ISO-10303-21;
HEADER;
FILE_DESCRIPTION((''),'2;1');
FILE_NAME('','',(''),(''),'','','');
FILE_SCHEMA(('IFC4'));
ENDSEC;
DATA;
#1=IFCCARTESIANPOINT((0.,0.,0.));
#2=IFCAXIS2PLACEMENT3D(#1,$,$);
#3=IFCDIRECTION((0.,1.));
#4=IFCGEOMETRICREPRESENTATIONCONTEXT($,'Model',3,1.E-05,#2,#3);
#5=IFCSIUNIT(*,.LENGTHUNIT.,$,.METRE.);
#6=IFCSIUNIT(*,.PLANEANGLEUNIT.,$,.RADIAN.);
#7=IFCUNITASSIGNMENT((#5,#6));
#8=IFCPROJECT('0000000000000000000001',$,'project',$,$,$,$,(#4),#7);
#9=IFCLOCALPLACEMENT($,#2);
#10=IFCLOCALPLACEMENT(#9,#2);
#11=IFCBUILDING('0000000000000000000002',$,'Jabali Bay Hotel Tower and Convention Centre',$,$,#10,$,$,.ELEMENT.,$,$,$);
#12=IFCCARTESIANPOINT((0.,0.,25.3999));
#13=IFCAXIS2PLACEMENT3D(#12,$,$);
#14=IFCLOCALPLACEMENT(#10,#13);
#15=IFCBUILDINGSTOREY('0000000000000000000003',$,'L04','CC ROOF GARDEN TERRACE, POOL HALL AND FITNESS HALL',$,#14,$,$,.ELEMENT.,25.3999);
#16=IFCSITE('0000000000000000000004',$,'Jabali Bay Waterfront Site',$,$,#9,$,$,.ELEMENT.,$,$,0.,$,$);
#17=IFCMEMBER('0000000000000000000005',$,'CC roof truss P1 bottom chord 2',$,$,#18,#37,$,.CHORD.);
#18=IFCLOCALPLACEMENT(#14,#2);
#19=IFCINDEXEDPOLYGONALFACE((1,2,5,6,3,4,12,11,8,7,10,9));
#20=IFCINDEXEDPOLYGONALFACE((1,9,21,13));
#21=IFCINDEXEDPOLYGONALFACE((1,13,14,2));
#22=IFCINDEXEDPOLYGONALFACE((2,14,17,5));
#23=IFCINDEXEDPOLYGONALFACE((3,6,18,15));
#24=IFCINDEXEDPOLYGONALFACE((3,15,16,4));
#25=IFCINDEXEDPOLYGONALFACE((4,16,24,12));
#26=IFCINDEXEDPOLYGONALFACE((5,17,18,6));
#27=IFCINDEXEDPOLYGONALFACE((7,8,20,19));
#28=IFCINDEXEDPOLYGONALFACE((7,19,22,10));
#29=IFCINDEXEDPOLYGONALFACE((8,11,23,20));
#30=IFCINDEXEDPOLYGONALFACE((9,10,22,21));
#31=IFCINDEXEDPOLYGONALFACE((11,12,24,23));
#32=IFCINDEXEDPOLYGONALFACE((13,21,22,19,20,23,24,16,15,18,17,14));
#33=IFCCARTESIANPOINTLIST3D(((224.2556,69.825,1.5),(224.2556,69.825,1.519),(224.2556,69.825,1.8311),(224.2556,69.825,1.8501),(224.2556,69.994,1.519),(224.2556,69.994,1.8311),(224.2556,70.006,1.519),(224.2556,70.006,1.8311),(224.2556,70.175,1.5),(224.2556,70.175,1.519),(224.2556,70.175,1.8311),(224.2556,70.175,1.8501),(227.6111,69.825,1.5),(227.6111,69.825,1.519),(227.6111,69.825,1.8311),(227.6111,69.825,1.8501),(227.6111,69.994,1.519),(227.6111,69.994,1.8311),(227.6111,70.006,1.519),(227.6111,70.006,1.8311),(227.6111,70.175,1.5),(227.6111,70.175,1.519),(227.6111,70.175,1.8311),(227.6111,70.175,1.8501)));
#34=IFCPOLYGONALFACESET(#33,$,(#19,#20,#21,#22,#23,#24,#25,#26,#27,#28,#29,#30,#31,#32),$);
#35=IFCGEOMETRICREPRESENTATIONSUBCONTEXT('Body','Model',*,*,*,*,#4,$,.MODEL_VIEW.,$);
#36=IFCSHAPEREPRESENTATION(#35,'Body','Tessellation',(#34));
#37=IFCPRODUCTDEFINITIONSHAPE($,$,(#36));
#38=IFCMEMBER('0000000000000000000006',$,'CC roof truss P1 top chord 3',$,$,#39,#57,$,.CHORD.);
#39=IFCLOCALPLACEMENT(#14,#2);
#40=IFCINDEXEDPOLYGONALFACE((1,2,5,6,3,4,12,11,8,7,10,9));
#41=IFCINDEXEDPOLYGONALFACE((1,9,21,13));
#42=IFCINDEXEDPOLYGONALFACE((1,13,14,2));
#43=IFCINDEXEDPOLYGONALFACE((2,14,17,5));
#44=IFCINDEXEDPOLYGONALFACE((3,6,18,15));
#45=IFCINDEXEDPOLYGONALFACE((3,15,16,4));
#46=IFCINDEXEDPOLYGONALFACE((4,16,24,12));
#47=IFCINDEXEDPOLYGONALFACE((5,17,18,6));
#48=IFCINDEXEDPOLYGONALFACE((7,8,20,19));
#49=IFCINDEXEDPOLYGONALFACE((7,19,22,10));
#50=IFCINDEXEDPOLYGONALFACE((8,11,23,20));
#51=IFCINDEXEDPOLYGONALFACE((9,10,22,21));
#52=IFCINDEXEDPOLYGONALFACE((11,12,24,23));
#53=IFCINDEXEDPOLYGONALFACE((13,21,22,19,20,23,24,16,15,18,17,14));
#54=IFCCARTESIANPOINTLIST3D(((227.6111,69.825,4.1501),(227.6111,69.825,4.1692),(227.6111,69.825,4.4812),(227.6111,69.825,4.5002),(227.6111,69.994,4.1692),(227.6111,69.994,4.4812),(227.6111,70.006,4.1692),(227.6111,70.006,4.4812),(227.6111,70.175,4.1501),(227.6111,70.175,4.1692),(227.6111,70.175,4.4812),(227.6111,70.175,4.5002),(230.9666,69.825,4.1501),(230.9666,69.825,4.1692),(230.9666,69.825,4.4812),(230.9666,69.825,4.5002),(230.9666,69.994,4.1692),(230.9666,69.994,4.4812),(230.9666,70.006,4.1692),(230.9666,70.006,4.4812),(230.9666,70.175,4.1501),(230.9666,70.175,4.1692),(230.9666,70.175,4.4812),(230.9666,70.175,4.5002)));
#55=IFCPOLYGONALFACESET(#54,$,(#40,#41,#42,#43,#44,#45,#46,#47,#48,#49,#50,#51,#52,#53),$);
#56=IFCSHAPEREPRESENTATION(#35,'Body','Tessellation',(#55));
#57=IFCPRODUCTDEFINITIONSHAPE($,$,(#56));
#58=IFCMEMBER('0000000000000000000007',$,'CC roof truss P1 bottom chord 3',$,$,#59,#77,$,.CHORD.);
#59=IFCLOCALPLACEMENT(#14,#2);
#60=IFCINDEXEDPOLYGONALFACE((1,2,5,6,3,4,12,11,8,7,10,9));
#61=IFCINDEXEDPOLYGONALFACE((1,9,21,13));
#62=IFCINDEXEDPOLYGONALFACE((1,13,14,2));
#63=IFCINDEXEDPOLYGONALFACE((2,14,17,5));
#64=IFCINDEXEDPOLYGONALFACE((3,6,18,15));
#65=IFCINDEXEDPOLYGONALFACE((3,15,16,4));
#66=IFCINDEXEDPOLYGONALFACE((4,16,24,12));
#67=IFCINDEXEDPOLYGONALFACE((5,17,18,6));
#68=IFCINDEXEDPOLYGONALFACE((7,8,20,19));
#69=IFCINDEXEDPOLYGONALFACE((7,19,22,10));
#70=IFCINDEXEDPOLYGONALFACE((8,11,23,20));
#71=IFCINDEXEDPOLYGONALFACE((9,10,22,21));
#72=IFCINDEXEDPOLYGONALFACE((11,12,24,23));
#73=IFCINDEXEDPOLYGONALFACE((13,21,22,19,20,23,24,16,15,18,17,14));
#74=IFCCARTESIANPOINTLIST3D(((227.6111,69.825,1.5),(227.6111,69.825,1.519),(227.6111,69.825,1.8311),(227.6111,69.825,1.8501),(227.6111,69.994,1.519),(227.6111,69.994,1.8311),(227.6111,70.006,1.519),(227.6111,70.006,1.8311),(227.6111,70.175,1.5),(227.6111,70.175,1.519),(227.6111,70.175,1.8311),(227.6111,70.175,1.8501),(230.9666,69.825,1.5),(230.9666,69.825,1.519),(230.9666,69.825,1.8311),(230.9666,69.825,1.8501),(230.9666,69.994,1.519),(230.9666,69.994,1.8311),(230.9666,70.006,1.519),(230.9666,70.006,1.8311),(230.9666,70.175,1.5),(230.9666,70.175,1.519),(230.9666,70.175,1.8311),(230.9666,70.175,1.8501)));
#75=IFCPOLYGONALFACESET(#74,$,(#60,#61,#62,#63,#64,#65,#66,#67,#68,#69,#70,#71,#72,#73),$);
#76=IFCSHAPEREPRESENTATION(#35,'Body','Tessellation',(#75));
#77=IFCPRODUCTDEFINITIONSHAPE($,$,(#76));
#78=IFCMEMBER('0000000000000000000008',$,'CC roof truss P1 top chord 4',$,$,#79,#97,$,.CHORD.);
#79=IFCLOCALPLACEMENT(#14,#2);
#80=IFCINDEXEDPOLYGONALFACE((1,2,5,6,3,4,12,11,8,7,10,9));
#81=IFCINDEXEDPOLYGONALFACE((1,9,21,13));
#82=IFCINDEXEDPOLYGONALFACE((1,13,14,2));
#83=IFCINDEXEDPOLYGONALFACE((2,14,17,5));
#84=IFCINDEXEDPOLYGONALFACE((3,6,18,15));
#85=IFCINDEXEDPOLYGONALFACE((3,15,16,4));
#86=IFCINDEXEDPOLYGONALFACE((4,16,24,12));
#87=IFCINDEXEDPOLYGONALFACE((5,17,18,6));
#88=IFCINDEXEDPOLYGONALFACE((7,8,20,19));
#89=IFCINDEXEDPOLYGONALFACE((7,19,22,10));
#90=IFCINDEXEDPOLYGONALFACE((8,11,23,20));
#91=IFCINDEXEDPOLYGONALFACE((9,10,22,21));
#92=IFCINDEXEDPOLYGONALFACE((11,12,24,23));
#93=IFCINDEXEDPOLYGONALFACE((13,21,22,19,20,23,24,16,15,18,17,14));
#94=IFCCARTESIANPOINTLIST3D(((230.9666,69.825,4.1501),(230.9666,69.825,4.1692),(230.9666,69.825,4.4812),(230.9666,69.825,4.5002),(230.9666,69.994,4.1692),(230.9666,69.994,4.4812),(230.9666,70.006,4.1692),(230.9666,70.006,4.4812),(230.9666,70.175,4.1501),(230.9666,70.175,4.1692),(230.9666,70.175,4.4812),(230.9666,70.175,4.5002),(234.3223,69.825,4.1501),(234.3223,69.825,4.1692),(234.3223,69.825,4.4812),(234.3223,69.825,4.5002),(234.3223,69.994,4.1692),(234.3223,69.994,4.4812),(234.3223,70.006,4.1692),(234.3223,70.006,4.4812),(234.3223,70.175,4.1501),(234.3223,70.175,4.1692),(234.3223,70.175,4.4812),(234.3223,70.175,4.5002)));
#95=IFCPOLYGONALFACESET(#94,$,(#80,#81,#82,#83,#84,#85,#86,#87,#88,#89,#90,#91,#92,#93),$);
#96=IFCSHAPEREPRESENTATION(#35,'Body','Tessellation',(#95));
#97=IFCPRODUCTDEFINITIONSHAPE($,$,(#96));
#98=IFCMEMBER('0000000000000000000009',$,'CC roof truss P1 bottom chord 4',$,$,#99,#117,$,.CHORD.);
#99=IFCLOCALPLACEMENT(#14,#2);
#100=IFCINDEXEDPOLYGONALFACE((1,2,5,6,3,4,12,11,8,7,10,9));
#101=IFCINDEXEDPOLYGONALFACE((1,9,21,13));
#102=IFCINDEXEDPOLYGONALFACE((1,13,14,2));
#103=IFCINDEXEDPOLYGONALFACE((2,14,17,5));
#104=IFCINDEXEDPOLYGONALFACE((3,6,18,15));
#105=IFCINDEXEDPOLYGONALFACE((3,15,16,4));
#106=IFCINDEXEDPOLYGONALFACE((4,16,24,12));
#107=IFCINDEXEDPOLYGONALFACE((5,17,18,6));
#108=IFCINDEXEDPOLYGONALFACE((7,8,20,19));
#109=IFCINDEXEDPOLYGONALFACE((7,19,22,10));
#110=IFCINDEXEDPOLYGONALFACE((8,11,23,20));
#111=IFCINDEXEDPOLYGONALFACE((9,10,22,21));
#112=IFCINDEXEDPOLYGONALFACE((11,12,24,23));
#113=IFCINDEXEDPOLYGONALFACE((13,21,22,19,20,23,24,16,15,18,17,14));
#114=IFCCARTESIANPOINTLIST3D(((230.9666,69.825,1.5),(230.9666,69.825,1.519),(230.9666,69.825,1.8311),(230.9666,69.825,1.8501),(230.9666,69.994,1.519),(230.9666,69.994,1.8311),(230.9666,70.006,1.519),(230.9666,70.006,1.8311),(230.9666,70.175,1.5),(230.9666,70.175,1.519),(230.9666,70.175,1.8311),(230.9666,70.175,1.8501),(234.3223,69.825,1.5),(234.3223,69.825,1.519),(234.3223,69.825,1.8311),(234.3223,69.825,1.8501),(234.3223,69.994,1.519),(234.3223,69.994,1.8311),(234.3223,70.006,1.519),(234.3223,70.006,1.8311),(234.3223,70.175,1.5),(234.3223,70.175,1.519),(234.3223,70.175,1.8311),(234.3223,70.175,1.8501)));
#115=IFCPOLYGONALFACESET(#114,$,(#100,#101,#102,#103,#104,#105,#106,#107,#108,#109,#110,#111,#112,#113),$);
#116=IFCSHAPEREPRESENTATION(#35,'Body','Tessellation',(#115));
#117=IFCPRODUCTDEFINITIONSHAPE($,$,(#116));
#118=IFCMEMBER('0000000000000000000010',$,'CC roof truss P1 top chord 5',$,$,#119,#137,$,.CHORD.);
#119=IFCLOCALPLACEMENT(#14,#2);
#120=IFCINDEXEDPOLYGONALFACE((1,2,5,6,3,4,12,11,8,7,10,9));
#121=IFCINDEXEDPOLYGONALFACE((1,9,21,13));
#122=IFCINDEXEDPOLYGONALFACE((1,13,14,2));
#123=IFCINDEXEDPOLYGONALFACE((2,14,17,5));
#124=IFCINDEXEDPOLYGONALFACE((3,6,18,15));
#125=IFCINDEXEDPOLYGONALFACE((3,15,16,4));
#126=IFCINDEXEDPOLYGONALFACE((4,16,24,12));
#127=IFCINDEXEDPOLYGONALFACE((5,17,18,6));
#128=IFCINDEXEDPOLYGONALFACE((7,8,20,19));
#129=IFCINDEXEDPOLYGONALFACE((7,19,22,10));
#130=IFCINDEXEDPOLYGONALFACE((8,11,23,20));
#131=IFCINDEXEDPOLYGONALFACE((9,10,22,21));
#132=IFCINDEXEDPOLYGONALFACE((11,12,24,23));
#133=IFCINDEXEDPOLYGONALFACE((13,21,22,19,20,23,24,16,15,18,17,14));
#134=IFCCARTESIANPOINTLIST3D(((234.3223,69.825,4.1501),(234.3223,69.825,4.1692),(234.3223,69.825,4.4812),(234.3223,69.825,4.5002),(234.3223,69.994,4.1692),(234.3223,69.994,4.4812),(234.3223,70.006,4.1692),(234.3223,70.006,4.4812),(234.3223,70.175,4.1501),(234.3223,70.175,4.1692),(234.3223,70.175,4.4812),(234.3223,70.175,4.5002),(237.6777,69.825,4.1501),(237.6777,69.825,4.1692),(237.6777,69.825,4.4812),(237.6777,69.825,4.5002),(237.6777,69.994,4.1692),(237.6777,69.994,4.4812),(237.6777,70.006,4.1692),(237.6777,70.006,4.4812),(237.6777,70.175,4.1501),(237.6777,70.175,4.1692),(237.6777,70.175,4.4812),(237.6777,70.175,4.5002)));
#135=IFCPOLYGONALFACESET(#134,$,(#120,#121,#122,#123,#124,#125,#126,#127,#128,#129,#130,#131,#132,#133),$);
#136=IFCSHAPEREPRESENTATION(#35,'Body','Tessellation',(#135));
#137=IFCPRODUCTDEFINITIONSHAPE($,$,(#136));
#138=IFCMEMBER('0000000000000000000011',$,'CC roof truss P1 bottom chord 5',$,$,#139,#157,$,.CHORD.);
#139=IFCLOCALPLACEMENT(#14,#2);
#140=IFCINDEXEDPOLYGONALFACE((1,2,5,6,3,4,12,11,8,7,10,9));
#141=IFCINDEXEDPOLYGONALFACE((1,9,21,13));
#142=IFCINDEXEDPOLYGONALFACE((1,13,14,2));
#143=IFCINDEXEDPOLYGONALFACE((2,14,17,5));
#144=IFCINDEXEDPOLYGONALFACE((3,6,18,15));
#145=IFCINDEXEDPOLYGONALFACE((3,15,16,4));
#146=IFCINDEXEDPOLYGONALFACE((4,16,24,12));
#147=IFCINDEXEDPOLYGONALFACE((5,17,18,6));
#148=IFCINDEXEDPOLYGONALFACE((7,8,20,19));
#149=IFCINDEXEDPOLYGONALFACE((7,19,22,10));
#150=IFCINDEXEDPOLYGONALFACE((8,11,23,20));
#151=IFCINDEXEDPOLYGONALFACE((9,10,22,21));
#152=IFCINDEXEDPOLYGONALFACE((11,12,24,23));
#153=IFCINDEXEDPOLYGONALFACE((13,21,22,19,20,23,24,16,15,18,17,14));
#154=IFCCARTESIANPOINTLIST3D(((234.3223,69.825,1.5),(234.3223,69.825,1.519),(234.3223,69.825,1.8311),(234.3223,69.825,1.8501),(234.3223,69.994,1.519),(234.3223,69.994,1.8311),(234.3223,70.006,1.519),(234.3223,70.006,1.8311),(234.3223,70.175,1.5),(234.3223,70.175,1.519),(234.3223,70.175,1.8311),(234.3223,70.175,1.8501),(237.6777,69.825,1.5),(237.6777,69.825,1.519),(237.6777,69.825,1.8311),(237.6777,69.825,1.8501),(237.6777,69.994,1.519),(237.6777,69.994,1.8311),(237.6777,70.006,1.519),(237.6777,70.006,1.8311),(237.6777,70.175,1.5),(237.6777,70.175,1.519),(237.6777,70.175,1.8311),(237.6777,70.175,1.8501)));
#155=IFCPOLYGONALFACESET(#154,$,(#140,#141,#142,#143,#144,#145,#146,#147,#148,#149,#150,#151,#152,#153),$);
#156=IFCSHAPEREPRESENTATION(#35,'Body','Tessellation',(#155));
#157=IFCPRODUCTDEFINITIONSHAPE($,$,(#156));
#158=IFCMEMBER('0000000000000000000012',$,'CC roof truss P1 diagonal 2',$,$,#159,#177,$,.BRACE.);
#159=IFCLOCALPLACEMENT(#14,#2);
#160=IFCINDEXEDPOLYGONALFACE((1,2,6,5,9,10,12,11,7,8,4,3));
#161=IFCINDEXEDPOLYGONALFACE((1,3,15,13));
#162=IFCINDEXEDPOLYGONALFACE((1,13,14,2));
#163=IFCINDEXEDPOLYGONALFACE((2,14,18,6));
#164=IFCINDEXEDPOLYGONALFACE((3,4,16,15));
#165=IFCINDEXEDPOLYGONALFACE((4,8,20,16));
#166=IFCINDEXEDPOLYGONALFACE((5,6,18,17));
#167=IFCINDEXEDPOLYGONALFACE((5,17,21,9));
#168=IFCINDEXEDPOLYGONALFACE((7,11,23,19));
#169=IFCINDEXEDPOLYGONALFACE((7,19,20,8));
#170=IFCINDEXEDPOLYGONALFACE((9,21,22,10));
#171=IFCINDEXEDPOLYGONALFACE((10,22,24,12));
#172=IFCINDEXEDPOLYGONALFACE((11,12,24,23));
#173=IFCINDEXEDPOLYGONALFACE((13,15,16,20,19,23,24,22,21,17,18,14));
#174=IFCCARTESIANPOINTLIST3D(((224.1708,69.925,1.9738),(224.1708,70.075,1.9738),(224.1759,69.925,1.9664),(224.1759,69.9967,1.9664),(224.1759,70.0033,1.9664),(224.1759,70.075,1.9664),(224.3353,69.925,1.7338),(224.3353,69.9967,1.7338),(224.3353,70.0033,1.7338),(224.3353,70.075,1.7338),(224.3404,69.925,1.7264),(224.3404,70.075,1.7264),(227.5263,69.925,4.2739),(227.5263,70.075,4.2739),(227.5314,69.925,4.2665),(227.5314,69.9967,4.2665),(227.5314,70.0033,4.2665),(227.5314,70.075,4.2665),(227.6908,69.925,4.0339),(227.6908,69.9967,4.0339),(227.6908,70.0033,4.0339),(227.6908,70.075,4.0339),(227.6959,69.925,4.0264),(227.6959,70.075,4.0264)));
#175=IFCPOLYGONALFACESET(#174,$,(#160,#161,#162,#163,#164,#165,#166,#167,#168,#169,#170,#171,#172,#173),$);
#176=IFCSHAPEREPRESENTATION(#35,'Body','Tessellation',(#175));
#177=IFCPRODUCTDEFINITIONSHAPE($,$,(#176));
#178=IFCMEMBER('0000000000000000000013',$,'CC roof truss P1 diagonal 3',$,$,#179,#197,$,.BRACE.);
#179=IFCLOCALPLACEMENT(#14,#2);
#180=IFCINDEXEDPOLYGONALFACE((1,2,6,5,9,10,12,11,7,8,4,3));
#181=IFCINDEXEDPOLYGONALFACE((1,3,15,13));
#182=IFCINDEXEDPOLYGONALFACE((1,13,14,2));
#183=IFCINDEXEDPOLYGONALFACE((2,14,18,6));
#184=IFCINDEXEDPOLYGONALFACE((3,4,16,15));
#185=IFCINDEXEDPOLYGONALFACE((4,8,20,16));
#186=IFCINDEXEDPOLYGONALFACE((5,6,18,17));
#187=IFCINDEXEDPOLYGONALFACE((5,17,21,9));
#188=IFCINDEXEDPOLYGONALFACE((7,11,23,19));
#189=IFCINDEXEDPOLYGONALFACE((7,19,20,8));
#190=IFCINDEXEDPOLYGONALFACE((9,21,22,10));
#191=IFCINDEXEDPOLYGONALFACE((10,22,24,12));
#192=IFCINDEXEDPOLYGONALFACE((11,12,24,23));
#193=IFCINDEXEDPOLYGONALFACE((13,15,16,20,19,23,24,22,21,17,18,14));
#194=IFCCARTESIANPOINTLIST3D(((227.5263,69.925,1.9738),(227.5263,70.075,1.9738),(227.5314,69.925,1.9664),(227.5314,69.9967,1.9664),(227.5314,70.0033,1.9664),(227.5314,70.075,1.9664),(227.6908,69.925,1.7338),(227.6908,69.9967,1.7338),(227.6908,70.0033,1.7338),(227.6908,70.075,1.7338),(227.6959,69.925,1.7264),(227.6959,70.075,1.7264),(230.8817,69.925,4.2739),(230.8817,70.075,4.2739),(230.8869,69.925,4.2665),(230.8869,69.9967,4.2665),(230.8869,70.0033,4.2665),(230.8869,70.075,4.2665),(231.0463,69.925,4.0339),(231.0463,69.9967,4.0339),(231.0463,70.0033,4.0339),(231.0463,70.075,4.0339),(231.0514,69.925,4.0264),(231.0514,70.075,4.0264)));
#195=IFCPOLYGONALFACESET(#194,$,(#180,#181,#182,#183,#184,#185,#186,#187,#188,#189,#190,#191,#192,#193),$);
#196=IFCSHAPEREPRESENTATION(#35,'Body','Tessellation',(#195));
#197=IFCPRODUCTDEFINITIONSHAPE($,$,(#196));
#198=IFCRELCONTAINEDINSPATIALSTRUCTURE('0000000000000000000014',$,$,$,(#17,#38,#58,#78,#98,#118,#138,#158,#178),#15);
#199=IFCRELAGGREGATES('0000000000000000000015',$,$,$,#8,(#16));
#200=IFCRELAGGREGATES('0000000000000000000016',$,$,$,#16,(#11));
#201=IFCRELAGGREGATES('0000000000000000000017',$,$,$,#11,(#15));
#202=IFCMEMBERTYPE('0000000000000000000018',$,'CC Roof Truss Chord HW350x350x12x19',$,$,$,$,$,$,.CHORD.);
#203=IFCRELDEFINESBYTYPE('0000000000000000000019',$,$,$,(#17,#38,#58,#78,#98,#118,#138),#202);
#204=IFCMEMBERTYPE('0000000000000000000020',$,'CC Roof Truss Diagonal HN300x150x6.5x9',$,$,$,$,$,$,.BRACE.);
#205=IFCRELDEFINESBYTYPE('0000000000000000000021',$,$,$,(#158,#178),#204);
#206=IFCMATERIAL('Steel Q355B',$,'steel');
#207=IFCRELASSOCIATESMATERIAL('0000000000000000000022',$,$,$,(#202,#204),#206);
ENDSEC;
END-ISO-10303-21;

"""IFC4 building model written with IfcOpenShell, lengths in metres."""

from ifc_helpers import new_model, si_unit, direction, frame, origin, origin_2d, place, context, subcontext, project, spatial, i_section, extrude, material, material_profile, profile_set, type_object, element, save


model = new_model("IFC4")

# Units and contexts
model_context = context("Model", 3, precision=1e-05, world=origin(), true_north=direction((0.0, 1.0)))
body_context = subcontext(model_context, "Body", "Model", "MODEL_VIEW")
ifc_project = project(units=[si_unit("LENGTHUNIT", "METRE"), si_unit("PLANEANGLEUNIT", "RADIAN")], contexts=[model_context])

# Site, building, storey
site_placement = place(None, origin())
site = spatial("IfcSite", under=ifc_project, at=site_placement, Name="Jabali Bay Waterfront Site", CompositionType="ELEMENT", RefElevation=0.0)
building_placement = place(site_placement, origin())
building = spatial("IfcBuilding", under=site, at=building_placement, Name="Jabali Bay Hotel Tower and Convention Centre", CompositionType="ELEMENT")
storey_placement = place(building_placement, frame((0.0, 0.0, 25.3999)))
storey = spatial("IfcBuildingStorey", under=building, at=storey_placement, Name="L04", Description="CC ROOF GARDEN TERRACE, POOL HALL AND FITNESS HALL", CompositionType="ELEMENT", Elevation=25.3999)

# Members
ifc_material_1 = material(Name="Steel Q355B", Category="steel")
ifc_material_profile_1 = material_profile(ifc_material_1, i_section(OverallWidth=0.3501, OverallDepth=0.3501, WebThickness=0.012, FlangeThickness=0.019, at=origin_2d()), Name="HW350x350x12x19")
ifc_profile_set_1 = profile_set([ifc_material_profile_1], Name="Steel Q355B")
member_type_1 = type_object("IfcMemberType", Name="CC Roof Truss Chord HW350x350x12x19", PredefinedType="CHORD", material=ifc_profile_set_1)
for number, where, z_axis, x_axis, name in (
    (1, (224.2556, 70.0, 1.675), (1.0, 0.0, 0.0), (0.0, 1.0, 0.0), "CC roof truss P1 bottom chord 2"),
    (2, (227.6111, 70.0, 4.3252), (1.0, 0.0, 0.0), (0.0, 1.0, 0.0), "CC roof truss P1 top chord 3"),
    (3, (227.6111, 70.0, 1.675), (1.0, 0.0, 0.0), (0.0, 1.0, 0.0), "CC roof truss P1 bottom chord 3"),
):
    element("IfcMember", number, at=place(storey_placement, frame(where, z_axis=z_axis, x_axis=x_axis)), inside=storey, type_object=member_type_1, Name=name, PredefinedType="CHORD", context=body_context, shape_type="SweptSolid", body=[
        extrude(i_section(OverallWidth=0.3501, OverallDepth=0.3501, WebThickness=0.012, FlangeThickness=0.019, at=origin_2d()), origin(), (0.0, 0.0, 1.0), 3.3555),
    ])
for number, where, z_axis, x_axis, name in (
    (4, (230.9666, 70.0, 4.3252), (1.0, 0.0, 0.0), (0.0, 1.0, 0.0), "CC roof truss P1 top chord 4"),
    (5, (230.9666, 70.0, 1.675), (1.0, 0.0, 0.0), (0.0, 1.0, 0.0), "CC roof truss P1 bottom chord 4"),
):
    element("IfcMember", number, at=place(storey_placement, frame(where, z_axis=z_axis, x_axis=x_axis)), inside=storey, type_object=member_type_1, Name=name, PredefinedType="CHORD", context=body_context, shape_type="SweptSolid", body=[
        extrude(i_section(OverallWidth=0.3501, OverallDepth=0.3501, WebThickness=0.012, FlangeThickness=0.019, at=origin_2d()), origin(), (0.0, 0.0, 1.0), 3.3557),
    ])
for number, where, z_axis, x_axis, name in (
    (6, (234.3223, 70.0, 4.3252), (1.0, 0.0, 0.0), (0.0, 1.0, 0.0), "CC roof truss P1 top chord 5"),
    (7, (234.3223, 70.0, 1.675), (1.0, 0.0, 0.0), (0.0, 1.0, 0.0), "CC roof truss P1 bottom chord 5"),
):
    element("IfcMember", number, at=place(storey_placement, frame(where, z_axis=z_axis, x_axis=x_axis)), inside=storey, type_object=member_type_1, Name=name, PredefinedType="CHORD", context=body_context, shape_type="SweptSolid", body=[
        extrude(i_section(OverallWidth=0.3501, OverallDepth=0.3501, WebThickness=0.012, FlangeThickness=0.019, at=origin_2d()), origin(), (0.0, 0.0, 1.0), 3.3555),
    ])
ifc_material_profile_2 = material_profile(ifc_material_1, i_section(OverallWidth=0.1499, OverallDepth=0.3, WebThickness=0.0066, FlangeThickness=0.009, at=origin_2d()), Name="HN300x150x6.5x9")
ifc_profile_set_2 = profile_set([ifc_material_profile_2], Name="Steel Q355B")
member_type_2 = type_object("IfcMemberType", Name="CC Roof Truss Diagonal HN300x150x6.5x9", PredefinedType="BRACE", material=ifc_profile_set_2)
for number, where, z_axis, x_axis, name in (
    (8, (224.2556, 70.0, 1.8501), (0.824826, 0.0, 0.565387), (0.0, 1.0, 0.0), "CC roof truss P1 diagonal 2"),
    (9, (227.6111, 70.0, 1.8501), (0.824826, 0.0, 0.565387), (0.0, 1.0, 0.0), "CC roof truss P1 diagonal 3"),
):
    element("IfcMember", number, at=place(storey_placement, frame(where, z_axis=z_axis, x_axis=x_axis)), inside=storey, type_object=member_type_2, Name=name, PredefinedType="BRACE", context=body_context, shape_type="SweptSolid", body=[
        extrude(i_section(OverallWidth=0.1499, OverallDepth=0.3, WebThickness=0.0066, FlangeThickness=0.009, at=origin_2d()), origin(), (0.0, 0.0, 1.0), 4.0681),
    ])

save(model, "model.ifc")
